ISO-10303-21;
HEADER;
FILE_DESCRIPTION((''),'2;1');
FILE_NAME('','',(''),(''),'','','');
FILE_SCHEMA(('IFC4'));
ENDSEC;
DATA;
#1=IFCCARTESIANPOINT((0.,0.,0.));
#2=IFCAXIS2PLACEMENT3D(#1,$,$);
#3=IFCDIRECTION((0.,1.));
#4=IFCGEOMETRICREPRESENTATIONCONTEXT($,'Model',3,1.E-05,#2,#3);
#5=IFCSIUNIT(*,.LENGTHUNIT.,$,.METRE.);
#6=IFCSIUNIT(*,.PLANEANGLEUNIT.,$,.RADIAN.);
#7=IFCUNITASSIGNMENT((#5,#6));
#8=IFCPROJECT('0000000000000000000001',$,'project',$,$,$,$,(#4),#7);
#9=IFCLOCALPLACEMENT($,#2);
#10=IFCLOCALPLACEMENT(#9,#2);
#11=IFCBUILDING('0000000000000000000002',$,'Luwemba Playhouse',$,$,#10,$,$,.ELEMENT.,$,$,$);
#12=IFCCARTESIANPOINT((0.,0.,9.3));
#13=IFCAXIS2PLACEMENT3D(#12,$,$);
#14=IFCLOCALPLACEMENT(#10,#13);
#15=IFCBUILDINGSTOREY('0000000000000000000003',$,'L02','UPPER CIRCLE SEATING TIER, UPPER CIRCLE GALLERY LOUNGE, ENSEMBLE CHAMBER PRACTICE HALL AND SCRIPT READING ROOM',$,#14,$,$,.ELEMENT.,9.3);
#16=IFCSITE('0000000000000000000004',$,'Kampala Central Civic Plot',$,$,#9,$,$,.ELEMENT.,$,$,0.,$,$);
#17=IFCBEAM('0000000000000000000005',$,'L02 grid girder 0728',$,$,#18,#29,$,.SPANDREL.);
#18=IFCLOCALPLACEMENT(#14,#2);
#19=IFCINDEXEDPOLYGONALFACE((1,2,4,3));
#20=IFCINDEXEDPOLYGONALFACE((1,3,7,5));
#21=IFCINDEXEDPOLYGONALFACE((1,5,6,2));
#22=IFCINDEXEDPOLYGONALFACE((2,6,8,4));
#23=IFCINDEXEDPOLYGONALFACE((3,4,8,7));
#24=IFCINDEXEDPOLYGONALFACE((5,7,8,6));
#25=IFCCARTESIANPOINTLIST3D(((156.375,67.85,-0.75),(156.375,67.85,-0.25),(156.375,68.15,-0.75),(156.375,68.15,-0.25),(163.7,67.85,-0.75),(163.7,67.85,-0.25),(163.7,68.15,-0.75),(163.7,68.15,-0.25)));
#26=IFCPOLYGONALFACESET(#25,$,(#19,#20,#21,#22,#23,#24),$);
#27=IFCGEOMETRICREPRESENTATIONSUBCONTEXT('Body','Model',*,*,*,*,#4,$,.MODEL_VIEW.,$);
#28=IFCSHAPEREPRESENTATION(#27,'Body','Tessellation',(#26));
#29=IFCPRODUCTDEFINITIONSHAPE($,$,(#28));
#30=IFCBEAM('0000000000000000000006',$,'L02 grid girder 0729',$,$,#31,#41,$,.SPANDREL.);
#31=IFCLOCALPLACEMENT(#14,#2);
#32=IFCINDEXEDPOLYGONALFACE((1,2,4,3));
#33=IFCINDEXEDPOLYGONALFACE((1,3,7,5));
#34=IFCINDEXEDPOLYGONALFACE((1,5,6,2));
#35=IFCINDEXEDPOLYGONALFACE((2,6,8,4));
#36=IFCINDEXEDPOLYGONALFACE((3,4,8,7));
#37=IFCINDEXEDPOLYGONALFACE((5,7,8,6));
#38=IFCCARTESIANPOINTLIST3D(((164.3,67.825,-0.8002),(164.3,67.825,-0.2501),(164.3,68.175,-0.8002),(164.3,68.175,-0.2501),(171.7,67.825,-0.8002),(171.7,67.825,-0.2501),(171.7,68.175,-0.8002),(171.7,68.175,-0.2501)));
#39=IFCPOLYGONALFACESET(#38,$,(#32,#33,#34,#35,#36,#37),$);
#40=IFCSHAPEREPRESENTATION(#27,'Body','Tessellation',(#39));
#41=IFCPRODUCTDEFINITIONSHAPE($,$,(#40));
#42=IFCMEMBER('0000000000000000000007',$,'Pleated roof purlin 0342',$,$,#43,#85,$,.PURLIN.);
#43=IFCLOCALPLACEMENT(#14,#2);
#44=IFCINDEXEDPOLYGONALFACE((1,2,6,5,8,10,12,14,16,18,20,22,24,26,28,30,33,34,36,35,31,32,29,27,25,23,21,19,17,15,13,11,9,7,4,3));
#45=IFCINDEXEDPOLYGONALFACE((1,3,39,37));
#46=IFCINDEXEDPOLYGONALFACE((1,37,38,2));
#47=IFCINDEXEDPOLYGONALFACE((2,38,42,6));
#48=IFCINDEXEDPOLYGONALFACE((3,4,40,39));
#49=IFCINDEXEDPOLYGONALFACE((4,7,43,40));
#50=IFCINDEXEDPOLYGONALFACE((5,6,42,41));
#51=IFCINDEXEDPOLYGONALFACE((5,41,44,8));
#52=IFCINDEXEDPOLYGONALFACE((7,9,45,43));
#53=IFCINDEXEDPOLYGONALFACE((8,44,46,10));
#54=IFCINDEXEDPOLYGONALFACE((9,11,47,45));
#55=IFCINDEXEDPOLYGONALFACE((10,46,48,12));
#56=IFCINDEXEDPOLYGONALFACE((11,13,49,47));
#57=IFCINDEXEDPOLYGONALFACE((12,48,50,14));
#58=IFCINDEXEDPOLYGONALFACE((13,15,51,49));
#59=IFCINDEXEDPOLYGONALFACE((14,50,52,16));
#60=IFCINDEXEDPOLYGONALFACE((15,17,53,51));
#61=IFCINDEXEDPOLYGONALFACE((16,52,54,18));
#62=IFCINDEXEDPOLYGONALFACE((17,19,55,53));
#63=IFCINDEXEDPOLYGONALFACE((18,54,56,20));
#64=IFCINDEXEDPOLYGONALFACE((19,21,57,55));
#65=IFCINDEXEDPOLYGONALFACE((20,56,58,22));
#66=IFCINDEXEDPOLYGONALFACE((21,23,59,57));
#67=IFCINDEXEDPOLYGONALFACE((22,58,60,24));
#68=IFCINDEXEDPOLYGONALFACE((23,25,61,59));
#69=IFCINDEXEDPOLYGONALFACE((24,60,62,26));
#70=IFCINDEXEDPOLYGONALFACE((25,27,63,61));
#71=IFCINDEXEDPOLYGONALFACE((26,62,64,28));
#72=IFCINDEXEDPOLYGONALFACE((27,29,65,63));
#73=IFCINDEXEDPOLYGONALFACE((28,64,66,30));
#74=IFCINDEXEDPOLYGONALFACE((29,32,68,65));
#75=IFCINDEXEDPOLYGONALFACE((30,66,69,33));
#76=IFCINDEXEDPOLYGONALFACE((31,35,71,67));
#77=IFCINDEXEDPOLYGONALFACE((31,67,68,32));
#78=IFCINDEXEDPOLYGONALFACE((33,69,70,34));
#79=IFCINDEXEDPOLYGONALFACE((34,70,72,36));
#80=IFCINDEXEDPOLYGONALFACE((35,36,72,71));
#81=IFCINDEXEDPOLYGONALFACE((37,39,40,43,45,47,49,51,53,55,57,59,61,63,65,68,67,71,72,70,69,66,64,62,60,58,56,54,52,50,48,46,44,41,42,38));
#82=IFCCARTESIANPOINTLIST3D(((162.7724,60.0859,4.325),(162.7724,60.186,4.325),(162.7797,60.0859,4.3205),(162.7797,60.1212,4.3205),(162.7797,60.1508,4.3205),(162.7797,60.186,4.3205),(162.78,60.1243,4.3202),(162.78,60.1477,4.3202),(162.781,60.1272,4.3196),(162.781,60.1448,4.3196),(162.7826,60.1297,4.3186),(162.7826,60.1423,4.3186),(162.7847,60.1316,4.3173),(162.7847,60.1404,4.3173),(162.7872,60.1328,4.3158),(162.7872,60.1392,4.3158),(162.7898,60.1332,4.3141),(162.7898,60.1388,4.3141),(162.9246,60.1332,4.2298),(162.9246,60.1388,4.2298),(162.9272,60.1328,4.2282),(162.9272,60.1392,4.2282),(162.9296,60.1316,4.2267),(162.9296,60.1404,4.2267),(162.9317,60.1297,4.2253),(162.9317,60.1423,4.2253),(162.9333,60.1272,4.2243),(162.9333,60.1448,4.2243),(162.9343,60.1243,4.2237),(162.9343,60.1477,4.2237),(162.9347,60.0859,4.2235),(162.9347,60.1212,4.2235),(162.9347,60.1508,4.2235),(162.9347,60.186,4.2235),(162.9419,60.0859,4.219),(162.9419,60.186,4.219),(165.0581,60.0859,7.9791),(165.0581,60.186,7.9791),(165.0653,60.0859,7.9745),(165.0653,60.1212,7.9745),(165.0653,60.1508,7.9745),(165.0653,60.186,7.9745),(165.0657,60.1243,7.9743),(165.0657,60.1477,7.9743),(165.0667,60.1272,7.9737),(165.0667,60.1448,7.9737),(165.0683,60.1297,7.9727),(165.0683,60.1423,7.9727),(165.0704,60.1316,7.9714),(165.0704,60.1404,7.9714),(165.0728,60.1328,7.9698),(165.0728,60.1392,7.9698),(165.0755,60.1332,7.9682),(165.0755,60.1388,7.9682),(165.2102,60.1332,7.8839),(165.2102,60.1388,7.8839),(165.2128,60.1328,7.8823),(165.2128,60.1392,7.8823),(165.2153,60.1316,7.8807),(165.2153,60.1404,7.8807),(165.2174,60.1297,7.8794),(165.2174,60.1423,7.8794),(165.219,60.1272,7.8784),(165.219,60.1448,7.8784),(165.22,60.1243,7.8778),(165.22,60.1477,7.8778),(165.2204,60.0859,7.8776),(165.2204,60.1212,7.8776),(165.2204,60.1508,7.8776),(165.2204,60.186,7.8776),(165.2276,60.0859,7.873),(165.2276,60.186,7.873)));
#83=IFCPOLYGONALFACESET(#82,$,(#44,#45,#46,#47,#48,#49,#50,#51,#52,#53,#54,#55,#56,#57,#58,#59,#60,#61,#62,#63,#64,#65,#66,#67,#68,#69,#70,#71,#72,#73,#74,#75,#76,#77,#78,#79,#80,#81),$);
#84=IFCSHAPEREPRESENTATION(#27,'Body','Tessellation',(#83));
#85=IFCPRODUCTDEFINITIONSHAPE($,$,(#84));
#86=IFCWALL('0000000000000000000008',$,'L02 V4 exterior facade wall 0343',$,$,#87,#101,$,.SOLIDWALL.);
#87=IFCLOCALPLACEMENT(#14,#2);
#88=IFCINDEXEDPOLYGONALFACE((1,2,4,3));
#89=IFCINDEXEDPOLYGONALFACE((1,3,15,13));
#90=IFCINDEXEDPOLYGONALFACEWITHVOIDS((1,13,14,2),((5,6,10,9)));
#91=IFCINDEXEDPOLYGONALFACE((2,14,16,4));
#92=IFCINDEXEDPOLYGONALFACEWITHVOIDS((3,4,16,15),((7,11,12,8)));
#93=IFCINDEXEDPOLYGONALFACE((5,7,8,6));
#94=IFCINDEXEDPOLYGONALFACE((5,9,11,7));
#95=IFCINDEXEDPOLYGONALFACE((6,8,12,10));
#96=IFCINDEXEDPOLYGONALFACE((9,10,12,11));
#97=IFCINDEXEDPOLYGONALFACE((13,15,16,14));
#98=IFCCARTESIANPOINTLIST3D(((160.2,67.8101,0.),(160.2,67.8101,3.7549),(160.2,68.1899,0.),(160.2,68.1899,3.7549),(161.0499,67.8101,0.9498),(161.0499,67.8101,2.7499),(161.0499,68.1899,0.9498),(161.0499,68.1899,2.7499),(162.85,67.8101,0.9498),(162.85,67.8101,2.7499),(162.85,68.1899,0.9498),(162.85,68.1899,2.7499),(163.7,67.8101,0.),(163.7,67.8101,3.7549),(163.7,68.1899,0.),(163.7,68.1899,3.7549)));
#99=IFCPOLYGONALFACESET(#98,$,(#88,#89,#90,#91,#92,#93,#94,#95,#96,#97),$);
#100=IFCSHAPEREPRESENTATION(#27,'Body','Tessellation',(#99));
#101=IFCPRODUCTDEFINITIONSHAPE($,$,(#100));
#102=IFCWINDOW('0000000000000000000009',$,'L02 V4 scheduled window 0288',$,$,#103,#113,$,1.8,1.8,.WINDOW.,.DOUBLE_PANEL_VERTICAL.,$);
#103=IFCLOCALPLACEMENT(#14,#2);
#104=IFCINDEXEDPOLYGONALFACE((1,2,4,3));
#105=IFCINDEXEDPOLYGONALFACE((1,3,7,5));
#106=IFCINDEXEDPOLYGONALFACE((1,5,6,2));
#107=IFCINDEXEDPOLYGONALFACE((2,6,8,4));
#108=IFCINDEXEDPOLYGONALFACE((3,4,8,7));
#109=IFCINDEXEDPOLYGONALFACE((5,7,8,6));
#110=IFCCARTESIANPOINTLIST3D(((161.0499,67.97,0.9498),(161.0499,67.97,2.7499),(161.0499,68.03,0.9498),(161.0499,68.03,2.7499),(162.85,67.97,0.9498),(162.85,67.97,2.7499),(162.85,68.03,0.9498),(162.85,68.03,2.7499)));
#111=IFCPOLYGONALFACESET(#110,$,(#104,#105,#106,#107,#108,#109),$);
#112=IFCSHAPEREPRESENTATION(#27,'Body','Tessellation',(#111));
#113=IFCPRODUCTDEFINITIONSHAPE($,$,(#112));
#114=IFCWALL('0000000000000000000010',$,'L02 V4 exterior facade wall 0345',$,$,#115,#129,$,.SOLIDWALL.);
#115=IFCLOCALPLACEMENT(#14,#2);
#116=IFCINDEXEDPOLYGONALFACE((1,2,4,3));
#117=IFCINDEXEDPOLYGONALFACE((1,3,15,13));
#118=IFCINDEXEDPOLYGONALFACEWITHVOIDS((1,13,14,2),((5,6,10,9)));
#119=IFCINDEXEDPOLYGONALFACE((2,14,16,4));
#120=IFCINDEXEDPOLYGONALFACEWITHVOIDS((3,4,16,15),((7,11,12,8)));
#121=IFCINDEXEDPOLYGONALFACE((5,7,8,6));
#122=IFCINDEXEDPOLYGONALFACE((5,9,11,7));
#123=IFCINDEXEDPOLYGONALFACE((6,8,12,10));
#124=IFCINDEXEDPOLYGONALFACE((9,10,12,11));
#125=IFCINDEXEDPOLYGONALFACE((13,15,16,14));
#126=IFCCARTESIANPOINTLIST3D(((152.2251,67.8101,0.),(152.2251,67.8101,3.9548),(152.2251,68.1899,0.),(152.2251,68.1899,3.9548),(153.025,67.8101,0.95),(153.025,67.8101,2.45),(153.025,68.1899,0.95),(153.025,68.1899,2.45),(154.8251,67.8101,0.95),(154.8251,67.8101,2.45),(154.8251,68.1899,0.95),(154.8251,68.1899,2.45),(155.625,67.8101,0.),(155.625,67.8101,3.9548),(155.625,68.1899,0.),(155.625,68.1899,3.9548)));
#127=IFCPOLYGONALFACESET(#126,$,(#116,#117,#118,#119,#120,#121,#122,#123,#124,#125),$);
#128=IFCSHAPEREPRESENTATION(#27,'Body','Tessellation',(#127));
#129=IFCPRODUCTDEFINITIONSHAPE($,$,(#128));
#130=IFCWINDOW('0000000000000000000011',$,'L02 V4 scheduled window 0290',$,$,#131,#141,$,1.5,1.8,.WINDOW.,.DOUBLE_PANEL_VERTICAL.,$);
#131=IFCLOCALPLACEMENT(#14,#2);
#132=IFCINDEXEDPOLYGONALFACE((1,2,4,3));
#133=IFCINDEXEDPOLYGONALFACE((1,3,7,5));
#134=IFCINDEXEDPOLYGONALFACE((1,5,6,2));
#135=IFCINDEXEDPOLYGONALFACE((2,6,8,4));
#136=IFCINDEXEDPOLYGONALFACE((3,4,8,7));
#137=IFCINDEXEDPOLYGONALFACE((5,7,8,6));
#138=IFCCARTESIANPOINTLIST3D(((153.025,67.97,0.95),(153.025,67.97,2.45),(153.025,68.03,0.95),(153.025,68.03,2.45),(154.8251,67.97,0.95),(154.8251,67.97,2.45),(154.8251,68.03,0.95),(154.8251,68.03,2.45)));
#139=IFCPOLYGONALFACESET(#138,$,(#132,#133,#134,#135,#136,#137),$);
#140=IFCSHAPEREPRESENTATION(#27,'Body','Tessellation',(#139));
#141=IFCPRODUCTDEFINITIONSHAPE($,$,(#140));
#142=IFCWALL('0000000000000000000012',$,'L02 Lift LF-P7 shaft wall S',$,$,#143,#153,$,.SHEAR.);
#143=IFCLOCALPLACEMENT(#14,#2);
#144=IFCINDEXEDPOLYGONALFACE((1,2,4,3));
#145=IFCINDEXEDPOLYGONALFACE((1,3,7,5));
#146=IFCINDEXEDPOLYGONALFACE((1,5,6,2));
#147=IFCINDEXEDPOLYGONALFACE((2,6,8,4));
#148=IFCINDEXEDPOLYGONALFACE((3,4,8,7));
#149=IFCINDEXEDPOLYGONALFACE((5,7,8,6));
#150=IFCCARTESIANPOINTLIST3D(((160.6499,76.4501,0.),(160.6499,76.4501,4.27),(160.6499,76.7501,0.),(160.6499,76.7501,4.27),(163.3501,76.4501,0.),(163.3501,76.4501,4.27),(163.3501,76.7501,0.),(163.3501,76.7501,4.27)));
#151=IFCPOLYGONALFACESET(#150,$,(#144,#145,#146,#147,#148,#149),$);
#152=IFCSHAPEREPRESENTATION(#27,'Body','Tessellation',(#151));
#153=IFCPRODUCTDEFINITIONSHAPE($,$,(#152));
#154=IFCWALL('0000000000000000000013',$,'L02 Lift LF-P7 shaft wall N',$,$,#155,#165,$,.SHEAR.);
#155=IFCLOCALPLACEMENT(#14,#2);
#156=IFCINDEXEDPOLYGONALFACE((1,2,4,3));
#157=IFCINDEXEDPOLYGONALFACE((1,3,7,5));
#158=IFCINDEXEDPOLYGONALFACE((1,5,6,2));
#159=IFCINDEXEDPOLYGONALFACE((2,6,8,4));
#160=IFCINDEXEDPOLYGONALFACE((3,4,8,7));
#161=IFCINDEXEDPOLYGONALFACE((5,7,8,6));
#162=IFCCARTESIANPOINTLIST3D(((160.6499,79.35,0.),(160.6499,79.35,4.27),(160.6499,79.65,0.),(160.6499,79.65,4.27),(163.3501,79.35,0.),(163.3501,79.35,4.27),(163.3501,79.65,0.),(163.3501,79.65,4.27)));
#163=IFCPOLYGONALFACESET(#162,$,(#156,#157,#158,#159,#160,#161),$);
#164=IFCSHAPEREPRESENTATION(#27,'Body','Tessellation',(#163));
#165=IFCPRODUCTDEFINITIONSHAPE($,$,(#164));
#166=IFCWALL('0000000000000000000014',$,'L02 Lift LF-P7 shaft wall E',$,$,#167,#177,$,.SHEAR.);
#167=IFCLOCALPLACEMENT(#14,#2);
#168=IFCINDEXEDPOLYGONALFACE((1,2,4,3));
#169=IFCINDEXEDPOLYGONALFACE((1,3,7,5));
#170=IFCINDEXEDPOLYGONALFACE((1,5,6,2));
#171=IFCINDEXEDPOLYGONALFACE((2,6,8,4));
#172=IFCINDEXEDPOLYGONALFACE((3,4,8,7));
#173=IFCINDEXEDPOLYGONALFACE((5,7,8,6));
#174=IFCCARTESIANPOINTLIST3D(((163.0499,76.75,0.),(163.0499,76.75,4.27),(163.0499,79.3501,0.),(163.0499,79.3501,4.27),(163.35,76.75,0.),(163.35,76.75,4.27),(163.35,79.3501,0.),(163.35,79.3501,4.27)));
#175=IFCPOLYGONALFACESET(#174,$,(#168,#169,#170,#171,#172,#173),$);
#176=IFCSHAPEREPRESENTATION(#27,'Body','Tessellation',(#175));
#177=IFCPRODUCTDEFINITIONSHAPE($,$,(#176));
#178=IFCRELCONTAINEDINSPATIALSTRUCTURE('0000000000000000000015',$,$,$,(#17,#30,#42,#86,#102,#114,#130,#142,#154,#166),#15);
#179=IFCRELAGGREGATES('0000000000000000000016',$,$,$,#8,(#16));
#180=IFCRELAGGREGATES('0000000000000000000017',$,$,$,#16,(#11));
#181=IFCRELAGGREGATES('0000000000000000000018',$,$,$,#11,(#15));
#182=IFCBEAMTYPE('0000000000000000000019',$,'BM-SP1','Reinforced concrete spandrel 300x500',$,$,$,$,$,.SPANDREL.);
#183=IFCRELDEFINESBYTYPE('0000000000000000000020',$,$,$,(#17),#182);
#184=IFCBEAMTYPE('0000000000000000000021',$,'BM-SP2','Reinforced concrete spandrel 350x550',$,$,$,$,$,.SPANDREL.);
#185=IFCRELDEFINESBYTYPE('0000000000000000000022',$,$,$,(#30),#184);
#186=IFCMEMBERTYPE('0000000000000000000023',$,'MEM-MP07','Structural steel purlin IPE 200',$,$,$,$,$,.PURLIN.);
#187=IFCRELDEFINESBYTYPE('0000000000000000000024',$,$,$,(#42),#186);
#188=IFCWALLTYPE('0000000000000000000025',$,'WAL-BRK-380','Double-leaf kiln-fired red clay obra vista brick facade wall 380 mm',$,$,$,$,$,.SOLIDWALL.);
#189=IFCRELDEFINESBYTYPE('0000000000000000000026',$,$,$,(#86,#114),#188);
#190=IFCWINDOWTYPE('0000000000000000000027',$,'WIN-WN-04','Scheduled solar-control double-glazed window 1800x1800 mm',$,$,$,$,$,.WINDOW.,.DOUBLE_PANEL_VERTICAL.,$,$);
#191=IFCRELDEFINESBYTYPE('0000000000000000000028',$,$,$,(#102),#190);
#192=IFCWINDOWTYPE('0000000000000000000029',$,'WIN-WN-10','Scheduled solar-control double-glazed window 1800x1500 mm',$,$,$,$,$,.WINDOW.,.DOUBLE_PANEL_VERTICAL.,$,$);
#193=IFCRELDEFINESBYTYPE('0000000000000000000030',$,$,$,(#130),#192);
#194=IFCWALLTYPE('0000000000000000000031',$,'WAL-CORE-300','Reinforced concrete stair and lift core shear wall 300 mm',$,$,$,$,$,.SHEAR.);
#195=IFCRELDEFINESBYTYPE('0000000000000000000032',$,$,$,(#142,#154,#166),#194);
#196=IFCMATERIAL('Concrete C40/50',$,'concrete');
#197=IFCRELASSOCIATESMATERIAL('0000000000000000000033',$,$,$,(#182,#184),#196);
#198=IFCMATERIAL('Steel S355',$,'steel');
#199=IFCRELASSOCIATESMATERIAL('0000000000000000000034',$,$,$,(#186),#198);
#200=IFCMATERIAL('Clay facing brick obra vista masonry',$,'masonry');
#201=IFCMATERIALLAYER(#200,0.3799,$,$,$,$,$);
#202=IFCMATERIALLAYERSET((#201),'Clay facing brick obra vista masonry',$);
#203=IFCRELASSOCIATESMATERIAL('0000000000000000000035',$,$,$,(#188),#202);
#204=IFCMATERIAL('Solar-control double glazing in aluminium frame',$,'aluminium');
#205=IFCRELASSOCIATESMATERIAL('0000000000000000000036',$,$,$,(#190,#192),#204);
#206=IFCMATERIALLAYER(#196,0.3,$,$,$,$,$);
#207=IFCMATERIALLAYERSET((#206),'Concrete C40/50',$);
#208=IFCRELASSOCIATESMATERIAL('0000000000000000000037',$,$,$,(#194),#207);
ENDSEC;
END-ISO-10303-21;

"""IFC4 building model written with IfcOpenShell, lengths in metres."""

from ifc_helpers import new_model, si_unit, direction, frame, frame_2d, origin, origin_2d, place, context, subcontext, project, spatial, rectangle, i_section, extrude, material, layer, layer_set, material_profile, profile_set, type_object, element, fill, save


model = new_model("IFC4")

# Units and contexts
model_context = context("Model", 3, precision=1e-05, world=origin(), true_north=direction((0.0, 1.0)))
body_context = subcontext(model_context, "Body", "Model", "MODEL_VIEW")
ifc_project = project(units=[si_unit("LENGTHUNIT", "METRE"), si_unit("PLANEANGLEUNIT", "RADIAN")], contexts=[model_context])

# Site, building, storey
site_placement = place(None, origin())
site = spatial("IfcSite", under=ifc_project, at=site_placement, Name="Kampala Central Civic Plot", CompositionType="ELEMENT", RefElevation=0.0)
building_placement = place(site_placement, origin())
building = spatial("IfcBuilding", under=site, at=building_placement, Name="Luwemba Playhouse", CompositionType="ELEMENT")
storey_placement = place(building_placement, frame((0.0, 0.0, 9.3)))
storey = spatial("IfcBuildingStorey", under=building, at=storey_placement, Name="L02", Description="UPPER CIRCLE SEATING TIER, UPPER CIRCLE GALLERY LOUNGE, ENSEMBLE CHAMBER PRACTICE HALL AND SCRIPT READING ROOM", CompositionType="ELEMENT", Elevation=9.3)

# Shared definitions
ifc_material_1 = material(Name="Concrete C40/50", Category="concrete")

# Beams
ifc_material_2 = material(Name="Steel S355", Category="steel")
ifc_material_profile_1 = material_profile(ifc_material_1, rectangle(XDim=0.3, YDim=0.5, at=origin_2d()))
ifc_profile_set_1 = profile_set([ifc_material_profile_1], Name="Concrete C40/50")
beam_type_1 = type_object("IfcBeamType", Name="BM-SP1", Description="Reinforced concrete spandrel 300x500", PredefinedType="SPANDREL", material=ifc_profile_set_1)
beam_1_placement = place(storey_placement, frame((156.375, 68.0, -0.5), z_axis=(1.0, 0.0, 0.0), x_axis=(0.0, 1.0, 0.0)))
element("IfcBeam", 1, at=beam_1_placement, inside=storey, type_object=beam_type_1, Name="L02 grid girder 0728", PredefinedType="SPANDREL", context=body_context, shape_type="SweptSolid", body=[
    extrude(rectangle(XDim=0.3, YDim=0.5, at=origin_2d()), origin(), (0.0, 0.0, 1.0), 7.325),
])
ifc_material_profile_2 = material_profile(ifc_material_1, rectangle(XDim=0.3501, YDim=0.55, at=origin_2d()))
ifc_profile_set_2 = profile_set([ifc_material_profile_2], Name="Concrete C40/50")
beam_type_2 = type_object("IfcBeamType", Name="BM-SP2", Description="Reinforced concrete spandrel 350x550", PredefinedType="SPANDREL", material=ifc_profile_set_2)
beam_2_placement = place(storey_placement, frame((164.3, 68.0, -0.5251), z_axis=(1.0, 0.0, 0.0), x_axis=(0.0, 1.0, 0.0)))
element("IfcBeam", 2, at=beam_2_placement, inside=storey, type_object=beam_type_2, Name="L02 grid girder 0729", PredefinedType="SPANDREL", context=body_context, shape_type="SweptSolid", body=[
    extrude(rectangle(XDim=0.3501, YDim=0.55, at=origin_2d()), origin(), (0.0, 0.0, 1.0), 7.3999),
])

# Member
ifc_material_profile_3 = material_profile(ifc_material_2, i_section(OverallWidth=0.1001, OverallDepth=0.2, WebThickness=0.0056, FlangeThickness=0.0085, FilletRadius=0.012, at=origin_2d()))
ifc_profile_set_3 = profile_set([ifc_material_profile_3], Name="Steel S355")
member_type = type_object("IfcMemberType", Name="MEM-MP07", Description="Structural steel purlin IPE 200", PredefinedType="PURLIN", material=ifc_profile_set_3)
member_placement = place(storey_placement, frame((162.8572, 60.136, 4.272), z_axis=(0.530309, 0.0, 0.847804), x_axis=(0.0, 1.0, 0.0)))
element("IfcMember", 3, at=member_placement, inside=storey, type_object=member_type, Name="Pleated roof purlin 0342", PredefinedType="PURLIN", context=body_context, shape_type="SweptSolid", body=[
    extrude(i_section(OverallWidth=0.1001, OverallDepth=0.2, WebThickness=0.0056, FlangeThickness=0.0085, FilletRadius=0.012, at=origin_2d()), origin(), (0.0, 0.0, 1.0), 4.3101),
])

# Walls, openings, windows
ifc_material_3 = material(Name="Clay facing brick obra vista masonry", Category="masonry")
ifc_layer_1 = layer(ifc_material_3, 0.3799)
ifc_layer_set_1 = layer_set([ifc_layer_1], Name="Clay facing brick obra vista masonry")
wall_type_1 = type_object("IfcWallType", Name="WAL-BRK-380", Description="Double-leaf kiln-fired red clay obra vista brick facade wall 380 mm", PredefinedType="SOLIDWALL", material=ifc_layer_set_1)
wall_1_placement = place(storey_placement, frame((163.7, 68.0, 0.0), z_axis=(0.0, 0.0, 1.0), x_axis=(-1.0, 0.0, 0.0)))
wall_1 = element("IfcWall", 4, at=wall_1_placement, inside=storey, type_object=wall_type_1, Name="L02 V4 exterior facade wall 0343", PredefinedType="SOLIDWALL", context=body_context, shape_type="SweptSolid", body=[
    extrude(rectangle(XDim=3.5, YDim=0.3799, at=frame_2d((1.75, 0.0))), origin(), (0.0, 0.0, 1.0), 3.7549),
])
opening_1_placement = place(wall_1_placement, frame((0.8501, 0.0, 0.95)))
opening_1 = element("IfcOpeningElement", 5, at=opening_1_placement, cuts=wall_1, PredefinedType="OPENING", context=body_context, shape_type="SweptSolid", body=[
    extrude(rectangle(XDim=1.8, YDim=1.8, at=frame_2d((0.8999, 0.8999))), frame((0.0, 0.2, 0.0), z_axis=(0.0, -1.0, 0.0), x_axis=(1.0, 0.0, 0.0)), (0.0, 0.0, 1.0), 0.3999),
])
ifc_material_4 = material(Name="Solar-control double glazing in aluminium frame", Category="aluminium")
window_type_1 = type_object("IfcWindowType", Name="WIN-WN-04", Description="Scheduled solar-control double-glazed window 1800x1800 mm", PartitioningType="DOUBLE_PANEL_VERTICAL", PredefinedType="WINDOW", material=ifc_material_4)
window_1_placement = place(opening_1_placement, origin())
window_1 = element("IfcWindow", 6, at=window_1_placement, inside=storey, type_object=window_type_1, Name="L02 V4 scheduled window 0288", OverallHeight=1.8, OverallWidth=1.8, PartitioningType="DOUBLE_PANEL_VERTICAL", PredefinedType="WINDOW", context=body_context, shape_type="SweptSolid", body=[
    extrude(rectangle(XDim=1.8, YDim=1.8, at=frame_2d((0.8999, 0.8999))), frame((0.0, 0.03, 0.0), z_axis=(0.0, -1.0, 0.0), x_axis=(1.0, 0.0, 0.0)), (0.0, 0.0, 1.0), 0.0601),
])
fill(opening_1, window_1)
wall_2_placement = place(storey_placement, frame((155.625, 68.0, 0.0), z_axis=(0.0, 0.0, 1.0), x_axis=(-1.0, 0.0, 0.0)))
wall_2 = element("IfcWall", 7, at=wall_2_placement, inside=storey, type_object=wall_type_1, Name="L02 V4 exterior facade wall 0345", PredefinedType="SOLIDWALL", context=body_context, shape_type="SweptSolid", body=[
    extrude(rectangle(XDim=3.3999, YDim=0.3799, at=frame_2d((1.7, 0.0))), origin(), (0.0, 0.0, 1.0), 3.9548),
])
opening_2_placement = place(wall_2_placement, frame((0.8, 0.0, 0.95)))
opening_2 = element("IfcOpeningElement", 8, at=opening_2_placement, cuts=wall_2, PredefinedType="OPENING", context=body_context, shape_type="SweptSolid", body=[
    extrude(rectangle(XDim=1.8, YDim=1.5, at=frame_2d((0.8999, 0.75))), frame((0.0, 0.2, 0.0), z_axis=(0.0, -1.0, 0.0), x_axis=(1.0, 0.0, 0.0)), (0.0, 0.0, 1.0), 0.3999),
])
window_type_2 = type_object("IfcWindowType", Name="WIN-WN-10", Description="Scheduled solar-control double-glazed window 1800x1500 mm", PartitioningType="DOUBLE_PANEL_VERTICAL", PredefinedType="WINDOW", material=ifc_material_4)
window_2_placement = place(opening_2_placement, origin())
window_2 = element("IfcWindow", 9, at=window_2_placement, inside=storey, type_object=window_type_2, Name="L02 V4 scheduled window 0290", OverallHeight=1.5, OverallWidth=1.8, PartitioningType="DOUBLE_PANEL_VERTICAL", PredefinedType="WINDOW", context=body_context, shape_type="SweptSolid", body=[
    extrude(rectangle(XDim=1.8, YDim=1.5, at=frame_2d((0.8999, 0.75))), frame((0.0, 0.03, 0.0), z_axis=(0.0, -1.0, 0.0), x_axis=(1.0, 0.0, 0.0)), (0.0, 0.0, 1.0), 0.0601),
])
fill(opening_2, window_2)

# Walls
ifc_layer_2 = layer(ifc_material_1, 0.3)
ifc_layer_set_2 = layer_set([ifc_layer_2], Name="Concrete C40/50")
wall_type_2 = type_object("IfcWallType", Name="WAL-CORE-300", Description="Reinforced concrete stair and lift core shear wall 300 mm", PredefinedType="SHEAR", material=ifc_layer_set_2)
for number, where, z_axis, x_axis, name in (
    (10, (160.6499, 76.6001, 0.0), (0.0, 0.0, 1.0), (1.0, 0.0, 0.0), "L02 Lift LF-P7 shaft wall S"),
    (11, (163.3501, 79.5, 0.0), (0.0, 0.0, 1.0), (-1.0, 0.0, 0.0), "L02 Lift LF-P7 shaft wall N"),
):
    element("IfcWall", number, at=place(storey_placement, frame(where, z_axis=z_axis, x_axis=x_axis)), inside=storey, type_object=wall_type_2, Name=name, PredefinedType="SHEAR", context=body_context, shape_type="SweptSolid", body=[
        extrude(rectangle(XDim=2.7002, YDim=0.3, at=frame_2d((1.3501, 0.0))), origin(), (0.0, 0.0, 1.0), 4.27),
    ])

# Wall
wall_3_placement = place(storey_placement, frame((163.2, 79.3501, 0.0), z_axis=(0.0, 0.0, 1.0), x_axis=(0.0, -1.0, 0.0)))
element("IfcWall", 12, at=wall_3_placement, inside=storey, type_object=wall_type_2, Name="L02 Lift LF-P7 shaft wall E", PredefinedType="SHEAR", context=body_context, shape_type="SweptSolid", body=[
    extrude(rectangle(XDim=2.6001, YDim=0.3, at=frame_2d((1.3, 0.0))), origin(), (0.0, 0.0, 1.0), 4.27),
])

save(model, "model.ifc")
